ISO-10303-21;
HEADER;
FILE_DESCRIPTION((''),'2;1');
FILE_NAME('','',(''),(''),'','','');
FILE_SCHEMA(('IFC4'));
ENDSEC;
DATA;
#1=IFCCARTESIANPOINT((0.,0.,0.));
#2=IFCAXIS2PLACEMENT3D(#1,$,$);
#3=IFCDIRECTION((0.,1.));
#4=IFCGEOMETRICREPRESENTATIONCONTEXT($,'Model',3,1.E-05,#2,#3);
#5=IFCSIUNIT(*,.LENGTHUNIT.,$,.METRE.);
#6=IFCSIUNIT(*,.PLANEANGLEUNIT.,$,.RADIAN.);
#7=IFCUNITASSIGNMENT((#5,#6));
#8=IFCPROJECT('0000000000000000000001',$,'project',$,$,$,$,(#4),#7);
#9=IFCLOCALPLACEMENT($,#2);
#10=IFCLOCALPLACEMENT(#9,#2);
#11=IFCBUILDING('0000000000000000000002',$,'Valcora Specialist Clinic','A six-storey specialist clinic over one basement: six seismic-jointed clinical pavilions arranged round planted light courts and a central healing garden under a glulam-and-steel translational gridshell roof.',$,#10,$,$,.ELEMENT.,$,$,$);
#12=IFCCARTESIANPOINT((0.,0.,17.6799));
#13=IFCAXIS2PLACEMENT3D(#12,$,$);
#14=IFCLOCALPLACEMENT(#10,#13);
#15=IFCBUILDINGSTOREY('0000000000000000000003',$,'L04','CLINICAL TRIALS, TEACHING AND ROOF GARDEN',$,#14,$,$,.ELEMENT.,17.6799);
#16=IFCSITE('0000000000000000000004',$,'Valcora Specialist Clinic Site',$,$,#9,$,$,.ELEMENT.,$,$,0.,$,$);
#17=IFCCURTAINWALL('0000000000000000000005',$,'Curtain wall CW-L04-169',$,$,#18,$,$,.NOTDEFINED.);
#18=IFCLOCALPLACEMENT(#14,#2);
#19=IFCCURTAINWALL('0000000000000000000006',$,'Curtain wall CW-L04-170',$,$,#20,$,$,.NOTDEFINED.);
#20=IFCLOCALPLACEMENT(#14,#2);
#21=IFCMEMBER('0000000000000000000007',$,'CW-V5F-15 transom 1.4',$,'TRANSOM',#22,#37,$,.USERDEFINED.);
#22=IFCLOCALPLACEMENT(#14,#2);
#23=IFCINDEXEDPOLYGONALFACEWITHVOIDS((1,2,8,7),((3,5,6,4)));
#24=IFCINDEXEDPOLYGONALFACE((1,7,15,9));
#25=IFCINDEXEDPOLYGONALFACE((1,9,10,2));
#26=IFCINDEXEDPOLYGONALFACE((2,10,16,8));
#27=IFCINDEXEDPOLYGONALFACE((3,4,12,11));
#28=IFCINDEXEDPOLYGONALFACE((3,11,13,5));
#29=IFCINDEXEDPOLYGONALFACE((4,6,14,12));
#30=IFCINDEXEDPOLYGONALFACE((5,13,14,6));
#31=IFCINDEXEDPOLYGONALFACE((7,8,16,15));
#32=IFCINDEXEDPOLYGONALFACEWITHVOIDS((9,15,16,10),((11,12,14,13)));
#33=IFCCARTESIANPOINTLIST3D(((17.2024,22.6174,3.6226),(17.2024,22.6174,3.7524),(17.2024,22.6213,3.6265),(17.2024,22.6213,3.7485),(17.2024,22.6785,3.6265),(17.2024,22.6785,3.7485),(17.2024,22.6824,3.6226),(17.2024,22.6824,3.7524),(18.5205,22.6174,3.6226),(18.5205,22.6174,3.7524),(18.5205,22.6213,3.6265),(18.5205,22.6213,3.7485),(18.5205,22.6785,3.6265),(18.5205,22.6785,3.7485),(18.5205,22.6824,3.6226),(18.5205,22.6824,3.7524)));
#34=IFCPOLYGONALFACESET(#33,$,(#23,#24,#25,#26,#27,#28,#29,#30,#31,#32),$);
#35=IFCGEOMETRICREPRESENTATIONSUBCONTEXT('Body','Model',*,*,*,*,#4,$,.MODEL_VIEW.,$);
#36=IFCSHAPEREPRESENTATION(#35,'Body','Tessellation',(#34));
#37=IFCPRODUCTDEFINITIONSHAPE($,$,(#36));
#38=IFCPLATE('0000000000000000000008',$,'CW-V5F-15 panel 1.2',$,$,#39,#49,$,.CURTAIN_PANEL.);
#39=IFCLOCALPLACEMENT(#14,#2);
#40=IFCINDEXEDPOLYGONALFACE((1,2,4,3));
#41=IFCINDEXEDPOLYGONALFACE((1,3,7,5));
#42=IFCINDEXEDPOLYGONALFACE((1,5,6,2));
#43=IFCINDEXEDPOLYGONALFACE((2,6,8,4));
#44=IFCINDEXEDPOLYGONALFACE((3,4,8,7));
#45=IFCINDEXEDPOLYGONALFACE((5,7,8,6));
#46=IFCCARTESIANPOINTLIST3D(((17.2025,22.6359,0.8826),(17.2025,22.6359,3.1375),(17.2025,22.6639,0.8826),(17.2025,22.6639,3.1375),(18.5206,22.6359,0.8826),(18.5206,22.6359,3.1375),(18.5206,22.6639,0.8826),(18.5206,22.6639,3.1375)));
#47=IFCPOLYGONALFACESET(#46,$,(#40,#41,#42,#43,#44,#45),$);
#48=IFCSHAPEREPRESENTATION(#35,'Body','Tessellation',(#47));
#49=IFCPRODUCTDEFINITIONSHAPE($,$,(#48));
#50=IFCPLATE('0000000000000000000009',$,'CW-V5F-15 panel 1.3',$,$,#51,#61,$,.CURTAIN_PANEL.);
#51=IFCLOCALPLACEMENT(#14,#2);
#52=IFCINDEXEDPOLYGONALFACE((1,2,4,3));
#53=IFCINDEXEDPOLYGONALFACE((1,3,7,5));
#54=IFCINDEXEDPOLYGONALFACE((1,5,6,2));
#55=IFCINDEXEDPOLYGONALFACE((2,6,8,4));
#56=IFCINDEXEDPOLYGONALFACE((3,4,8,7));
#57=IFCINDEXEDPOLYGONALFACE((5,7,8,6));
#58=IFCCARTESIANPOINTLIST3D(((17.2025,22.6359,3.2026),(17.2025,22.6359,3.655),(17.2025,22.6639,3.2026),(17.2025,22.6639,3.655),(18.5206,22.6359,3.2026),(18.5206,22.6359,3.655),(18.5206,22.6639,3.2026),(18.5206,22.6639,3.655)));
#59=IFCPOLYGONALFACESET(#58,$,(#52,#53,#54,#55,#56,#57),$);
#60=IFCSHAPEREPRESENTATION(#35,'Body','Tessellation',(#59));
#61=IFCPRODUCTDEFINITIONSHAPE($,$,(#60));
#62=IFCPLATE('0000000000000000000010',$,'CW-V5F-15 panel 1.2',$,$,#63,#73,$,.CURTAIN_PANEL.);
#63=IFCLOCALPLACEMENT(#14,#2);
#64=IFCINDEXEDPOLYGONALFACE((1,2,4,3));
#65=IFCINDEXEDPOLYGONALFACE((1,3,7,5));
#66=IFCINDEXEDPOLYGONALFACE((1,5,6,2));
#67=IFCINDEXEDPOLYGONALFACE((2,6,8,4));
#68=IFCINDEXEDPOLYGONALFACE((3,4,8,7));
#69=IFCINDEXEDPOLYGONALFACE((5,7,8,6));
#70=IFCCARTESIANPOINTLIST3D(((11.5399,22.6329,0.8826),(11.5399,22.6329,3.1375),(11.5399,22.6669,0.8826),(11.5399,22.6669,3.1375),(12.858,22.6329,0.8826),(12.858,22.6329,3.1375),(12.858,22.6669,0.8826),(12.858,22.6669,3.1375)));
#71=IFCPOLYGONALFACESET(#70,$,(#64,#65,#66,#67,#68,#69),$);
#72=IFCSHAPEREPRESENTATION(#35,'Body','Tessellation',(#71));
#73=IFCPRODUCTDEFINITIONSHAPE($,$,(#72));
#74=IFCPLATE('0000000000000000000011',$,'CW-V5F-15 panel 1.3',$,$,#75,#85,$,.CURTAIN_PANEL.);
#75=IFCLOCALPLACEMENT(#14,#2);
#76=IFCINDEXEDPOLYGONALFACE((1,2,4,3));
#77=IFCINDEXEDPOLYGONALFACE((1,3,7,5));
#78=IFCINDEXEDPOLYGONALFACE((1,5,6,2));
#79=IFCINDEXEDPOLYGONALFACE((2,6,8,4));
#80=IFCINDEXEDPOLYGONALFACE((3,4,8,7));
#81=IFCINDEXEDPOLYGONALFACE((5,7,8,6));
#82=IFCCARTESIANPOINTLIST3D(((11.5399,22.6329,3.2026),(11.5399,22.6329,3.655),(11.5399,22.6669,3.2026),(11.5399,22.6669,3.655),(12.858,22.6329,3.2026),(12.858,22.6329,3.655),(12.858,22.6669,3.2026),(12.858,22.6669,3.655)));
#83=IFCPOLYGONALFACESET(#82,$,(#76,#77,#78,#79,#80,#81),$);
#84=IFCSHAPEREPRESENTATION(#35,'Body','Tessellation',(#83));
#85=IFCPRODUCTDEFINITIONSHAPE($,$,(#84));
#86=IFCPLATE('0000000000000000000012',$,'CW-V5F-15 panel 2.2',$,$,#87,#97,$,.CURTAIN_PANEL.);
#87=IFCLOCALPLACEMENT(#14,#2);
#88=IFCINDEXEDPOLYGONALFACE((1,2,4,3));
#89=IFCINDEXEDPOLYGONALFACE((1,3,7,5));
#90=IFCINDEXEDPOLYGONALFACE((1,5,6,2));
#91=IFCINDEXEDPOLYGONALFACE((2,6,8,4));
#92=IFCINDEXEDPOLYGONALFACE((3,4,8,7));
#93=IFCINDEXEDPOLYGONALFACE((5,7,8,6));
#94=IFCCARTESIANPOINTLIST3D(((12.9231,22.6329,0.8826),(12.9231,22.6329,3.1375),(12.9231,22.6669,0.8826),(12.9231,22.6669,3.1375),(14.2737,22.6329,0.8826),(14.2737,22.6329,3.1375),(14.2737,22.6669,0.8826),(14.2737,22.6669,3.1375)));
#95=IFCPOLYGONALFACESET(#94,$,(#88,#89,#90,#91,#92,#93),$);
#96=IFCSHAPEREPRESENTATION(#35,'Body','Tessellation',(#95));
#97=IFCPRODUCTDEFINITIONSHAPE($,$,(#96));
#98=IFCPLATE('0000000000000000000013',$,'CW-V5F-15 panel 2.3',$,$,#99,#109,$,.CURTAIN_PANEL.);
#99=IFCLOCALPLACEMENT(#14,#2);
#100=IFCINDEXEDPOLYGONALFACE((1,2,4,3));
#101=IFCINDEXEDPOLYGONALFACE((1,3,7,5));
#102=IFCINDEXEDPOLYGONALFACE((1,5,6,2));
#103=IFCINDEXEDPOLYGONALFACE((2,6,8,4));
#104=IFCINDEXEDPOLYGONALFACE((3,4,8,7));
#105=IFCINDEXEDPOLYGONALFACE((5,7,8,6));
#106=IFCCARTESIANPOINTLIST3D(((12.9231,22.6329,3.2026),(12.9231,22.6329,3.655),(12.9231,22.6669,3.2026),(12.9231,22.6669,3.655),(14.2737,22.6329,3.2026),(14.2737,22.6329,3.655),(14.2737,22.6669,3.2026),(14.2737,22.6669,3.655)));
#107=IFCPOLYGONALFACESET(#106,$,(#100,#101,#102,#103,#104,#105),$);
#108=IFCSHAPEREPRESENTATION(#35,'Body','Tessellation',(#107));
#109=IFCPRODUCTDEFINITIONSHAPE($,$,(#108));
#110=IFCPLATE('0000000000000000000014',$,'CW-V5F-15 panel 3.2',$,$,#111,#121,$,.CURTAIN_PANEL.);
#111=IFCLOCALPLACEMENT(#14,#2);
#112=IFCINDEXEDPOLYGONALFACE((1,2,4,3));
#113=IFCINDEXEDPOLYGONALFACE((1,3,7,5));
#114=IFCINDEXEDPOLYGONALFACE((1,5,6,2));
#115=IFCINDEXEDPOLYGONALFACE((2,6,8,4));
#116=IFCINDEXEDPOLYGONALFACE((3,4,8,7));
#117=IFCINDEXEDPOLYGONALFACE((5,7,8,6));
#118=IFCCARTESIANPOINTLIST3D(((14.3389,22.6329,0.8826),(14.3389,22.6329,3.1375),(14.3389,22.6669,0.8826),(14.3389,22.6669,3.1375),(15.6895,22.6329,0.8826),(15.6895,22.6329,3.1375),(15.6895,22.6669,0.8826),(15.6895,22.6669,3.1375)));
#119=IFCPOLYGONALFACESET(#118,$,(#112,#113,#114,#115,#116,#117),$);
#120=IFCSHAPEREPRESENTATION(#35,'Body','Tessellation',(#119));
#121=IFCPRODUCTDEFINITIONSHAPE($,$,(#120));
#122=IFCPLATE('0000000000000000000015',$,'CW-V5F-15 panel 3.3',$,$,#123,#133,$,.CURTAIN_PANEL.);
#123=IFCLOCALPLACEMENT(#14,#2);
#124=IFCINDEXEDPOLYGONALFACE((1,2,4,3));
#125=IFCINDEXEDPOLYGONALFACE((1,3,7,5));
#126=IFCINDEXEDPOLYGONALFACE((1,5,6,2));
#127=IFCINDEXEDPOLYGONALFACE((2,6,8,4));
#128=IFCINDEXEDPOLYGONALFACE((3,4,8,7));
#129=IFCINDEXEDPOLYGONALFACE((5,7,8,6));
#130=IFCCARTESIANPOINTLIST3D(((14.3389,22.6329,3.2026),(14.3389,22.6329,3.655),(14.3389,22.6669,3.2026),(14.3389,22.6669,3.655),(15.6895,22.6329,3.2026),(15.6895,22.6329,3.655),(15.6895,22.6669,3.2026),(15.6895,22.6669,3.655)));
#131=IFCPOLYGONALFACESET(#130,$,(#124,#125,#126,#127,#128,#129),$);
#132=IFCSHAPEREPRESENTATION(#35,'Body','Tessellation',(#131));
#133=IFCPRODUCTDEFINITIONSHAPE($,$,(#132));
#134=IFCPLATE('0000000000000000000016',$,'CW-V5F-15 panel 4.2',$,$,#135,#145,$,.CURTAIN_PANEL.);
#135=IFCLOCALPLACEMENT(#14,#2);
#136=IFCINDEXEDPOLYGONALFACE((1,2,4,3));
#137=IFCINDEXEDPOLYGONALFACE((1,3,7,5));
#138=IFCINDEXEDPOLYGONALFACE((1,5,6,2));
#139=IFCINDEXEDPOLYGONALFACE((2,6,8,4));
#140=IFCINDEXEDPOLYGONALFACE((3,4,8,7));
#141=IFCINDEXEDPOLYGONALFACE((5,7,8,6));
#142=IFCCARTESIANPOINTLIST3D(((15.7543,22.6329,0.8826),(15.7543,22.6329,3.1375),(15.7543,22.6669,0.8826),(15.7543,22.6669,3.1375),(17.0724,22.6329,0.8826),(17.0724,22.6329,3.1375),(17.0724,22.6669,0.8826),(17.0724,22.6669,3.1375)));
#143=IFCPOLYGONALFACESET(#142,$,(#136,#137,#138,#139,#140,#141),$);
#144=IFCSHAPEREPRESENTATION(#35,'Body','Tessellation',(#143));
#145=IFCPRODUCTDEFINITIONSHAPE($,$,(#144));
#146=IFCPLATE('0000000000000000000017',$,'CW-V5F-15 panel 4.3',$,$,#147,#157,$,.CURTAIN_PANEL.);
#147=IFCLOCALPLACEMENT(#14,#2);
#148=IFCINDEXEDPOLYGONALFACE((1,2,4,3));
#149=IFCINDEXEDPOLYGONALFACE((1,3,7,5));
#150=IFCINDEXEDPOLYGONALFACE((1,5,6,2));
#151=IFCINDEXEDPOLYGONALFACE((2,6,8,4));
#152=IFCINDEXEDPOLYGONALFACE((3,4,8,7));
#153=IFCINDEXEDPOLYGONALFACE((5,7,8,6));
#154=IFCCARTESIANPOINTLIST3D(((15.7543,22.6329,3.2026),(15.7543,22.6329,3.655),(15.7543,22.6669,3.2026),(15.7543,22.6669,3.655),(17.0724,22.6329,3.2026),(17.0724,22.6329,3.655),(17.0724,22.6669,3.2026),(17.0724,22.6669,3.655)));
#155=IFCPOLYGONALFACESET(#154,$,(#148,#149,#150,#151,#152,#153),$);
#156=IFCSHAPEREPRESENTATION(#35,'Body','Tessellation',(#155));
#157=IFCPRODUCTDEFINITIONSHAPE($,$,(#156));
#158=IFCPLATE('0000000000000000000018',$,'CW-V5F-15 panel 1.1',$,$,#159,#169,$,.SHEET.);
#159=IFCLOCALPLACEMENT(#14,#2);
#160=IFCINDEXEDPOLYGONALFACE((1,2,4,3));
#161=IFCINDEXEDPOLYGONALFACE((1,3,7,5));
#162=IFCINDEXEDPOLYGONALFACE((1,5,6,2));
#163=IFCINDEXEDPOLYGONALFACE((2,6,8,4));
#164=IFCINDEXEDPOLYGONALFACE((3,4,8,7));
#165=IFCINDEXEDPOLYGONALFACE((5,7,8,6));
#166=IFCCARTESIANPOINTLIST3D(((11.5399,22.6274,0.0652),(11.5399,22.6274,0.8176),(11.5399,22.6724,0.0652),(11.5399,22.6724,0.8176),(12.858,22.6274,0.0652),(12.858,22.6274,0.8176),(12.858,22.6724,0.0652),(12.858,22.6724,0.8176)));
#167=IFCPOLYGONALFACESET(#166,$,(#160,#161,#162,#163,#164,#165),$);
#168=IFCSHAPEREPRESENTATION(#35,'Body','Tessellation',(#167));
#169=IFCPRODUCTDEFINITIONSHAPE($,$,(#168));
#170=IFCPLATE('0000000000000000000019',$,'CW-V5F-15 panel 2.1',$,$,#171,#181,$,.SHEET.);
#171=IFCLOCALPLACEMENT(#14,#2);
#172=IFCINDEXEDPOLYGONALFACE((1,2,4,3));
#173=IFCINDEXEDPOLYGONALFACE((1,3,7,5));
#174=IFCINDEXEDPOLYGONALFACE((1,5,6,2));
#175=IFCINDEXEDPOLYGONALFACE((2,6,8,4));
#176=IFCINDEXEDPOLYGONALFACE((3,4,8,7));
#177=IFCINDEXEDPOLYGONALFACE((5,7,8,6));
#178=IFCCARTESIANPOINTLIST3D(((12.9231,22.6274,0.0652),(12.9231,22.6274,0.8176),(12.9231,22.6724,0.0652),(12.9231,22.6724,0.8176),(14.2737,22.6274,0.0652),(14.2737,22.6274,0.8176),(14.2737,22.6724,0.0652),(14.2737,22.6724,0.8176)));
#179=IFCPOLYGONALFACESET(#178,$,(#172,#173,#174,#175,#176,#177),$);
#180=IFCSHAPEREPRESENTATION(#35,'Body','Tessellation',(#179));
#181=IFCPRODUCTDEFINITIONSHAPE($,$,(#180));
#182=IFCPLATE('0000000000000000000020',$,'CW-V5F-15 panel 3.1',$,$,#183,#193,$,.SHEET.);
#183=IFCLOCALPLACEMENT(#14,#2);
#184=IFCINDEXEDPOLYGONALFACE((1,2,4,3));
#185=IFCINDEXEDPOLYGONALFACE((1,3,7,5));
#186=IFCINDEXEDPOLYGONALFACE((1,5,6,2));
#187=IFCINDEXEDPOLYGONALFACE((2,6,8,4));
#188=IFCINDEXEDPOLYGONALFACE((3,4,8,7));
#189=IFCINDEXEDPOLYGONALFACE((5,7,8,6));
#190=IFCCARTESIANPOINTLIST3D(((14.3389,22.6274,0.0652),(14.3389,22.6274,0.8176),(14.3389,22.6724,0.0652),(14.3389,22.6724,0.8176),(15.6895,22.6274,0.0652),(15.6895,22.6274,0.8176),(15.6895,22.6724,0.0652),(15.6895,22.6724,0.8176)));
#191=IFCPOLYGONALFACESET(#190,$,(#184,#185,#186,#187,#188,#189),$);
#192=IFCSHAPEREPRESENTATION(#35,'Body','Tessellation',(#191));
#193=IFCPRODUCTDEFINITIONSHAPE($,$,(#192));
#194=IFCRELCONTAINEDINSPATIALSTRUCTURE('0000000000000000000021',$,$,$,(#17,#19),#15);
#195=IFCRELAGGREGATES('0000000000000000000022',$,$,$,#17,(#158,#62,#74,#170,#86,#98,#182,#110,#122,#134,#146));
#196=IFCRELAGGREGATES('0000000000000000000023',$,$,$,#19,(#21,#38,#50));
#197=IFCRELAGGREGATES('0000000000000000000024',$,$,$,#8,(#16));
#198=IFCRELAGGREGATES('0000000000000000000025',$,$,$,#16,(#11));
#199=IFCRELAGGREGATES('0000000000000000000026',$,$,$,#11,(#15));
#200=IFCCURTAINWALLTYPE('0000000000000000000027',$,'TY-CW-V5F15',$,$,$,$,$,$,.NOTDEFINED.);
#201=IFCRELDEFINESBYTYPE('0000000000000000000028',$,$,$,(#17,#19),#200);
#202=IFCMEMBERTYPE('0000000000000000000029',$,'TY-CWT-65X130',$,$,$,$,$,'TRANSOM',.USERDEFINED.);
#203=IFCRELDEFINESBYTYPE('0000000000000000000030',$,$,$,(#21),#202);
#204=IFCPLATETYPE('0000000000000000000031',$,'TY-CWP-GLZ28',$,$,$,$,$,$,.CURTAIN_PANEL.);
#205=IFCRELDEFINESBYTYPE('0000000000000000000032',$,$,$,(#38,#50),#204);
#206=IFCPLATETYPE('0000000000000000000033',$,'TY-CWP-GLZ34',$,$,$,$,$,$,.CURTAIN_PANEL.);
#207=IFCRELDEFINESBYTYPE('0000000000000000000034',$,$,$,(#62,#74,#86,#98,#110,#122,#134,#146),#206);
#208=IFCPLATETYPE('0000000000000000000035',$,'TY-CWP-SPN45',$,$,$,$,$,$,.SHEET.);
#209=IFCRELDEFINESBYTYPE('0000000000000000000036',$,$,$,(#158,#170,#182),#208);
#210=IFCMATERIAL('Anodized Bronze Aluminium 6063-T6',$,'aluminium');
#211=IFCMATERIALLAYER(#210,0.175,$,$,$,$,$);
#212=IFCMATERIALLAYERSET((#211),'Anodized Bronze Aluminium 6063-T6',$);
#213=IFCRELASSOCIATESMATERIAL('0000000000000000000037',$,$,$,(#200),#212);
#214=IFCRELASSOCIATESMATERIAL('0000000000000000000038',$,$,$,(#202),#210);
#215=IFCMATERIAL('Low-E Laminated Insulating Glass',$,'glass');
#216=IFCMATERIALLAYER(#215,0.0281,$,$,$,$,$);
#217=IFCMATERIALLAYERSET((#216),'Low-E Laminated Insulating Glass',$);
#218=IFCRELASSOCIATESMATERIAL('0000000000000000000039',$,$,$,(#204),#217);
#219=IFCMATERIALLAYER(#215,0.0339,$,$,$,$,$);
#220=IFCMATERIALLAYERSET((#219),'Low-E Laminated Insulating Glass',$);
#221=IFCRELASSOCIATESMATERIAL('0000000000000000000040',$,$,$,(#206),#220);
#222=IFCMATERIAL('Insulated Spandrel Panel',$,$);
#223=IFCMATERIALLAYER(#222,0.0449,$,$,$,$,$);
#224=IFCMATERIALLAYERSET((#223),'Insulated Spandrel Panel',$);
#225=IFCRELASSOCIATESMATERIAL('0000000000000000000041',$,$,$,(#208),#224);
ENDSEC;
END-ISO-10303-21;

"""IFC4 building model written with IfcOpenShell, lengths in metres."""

from ifc_helpers import new_model, si_unit, direction, frame, origin, origin_2d, place, context, subcontext, project, spatial, rectangle, hollow_rectangle, extrude, material, layer, layer_set, material_profile, profile_set, type_object, element, aggregate, save


model = new_model("IFC4")

# Units and contexts
model_context = context("Model", 3, precision=1e-05, world=origin(), true_north=direction((0.0, 1.0)))
body_context = subcontext(model_context, "Body", "Model", "MODEL_VIEW")
ifc_project = project(units=[si_unit("LENGTHUNIT", "METRE"), si_unit("PLANEANGLEUNIT", "RADIAN")], contexts=[model_context])

# Site, building, storey
site_placement = place(None, origin())
site = spatial("IfcSite", under=ifc_project, at=site_placement, Name="Valcora Specialist Clinic Site", CompositionType="ELEMENT", RefElevation=0.0)
building_placement = place(site_placement, origin())
building = spatial("IfcBuilding", under=site, at=building_placement, Name="Valcora Specialist Clinic", Description="A six-storey specialist clinic over one basement: six seismic-jointed clinical pavilions arranged round planted light courts and a central healing garden under a glulam-and-steel translational gridshell roof.", CompositionType="ELEMENT")
storey_placement = place(building_placement, frame((0.0, 0.0, 17.6799)))
storey = spatial("IfcBuildingStorey", under=building, at=storey_placement, Name="L04", Description="CLINICAL TRIALS, TEACHING AND ROOF GARDEN", CompositionType="ELEMENT", Elevation=17.6799)

# Curtain wall
ifc_material_1 = material(Name="Anodized Bronze Aluminium 6063-T6", Category="aluminium")
ifc_layer_1 = layer(ifc_material_1, 0.175)
ifc_layer_set_1 = layer_set([ifc_layer_1], Name="Anodized Bronze Aluminium 6063-T6")
curtain_wall_type = type_object("IfcCurtainWallType", Name="TY-CW-V5F15", PredefinedType="NOTDEFINED", material=ifc_layer_set_1)
curtain_wall_1_placement = place(storey_placement, origin())
curtain_wall_1 = element("IfcCurtainWall", 1, at=curtain_wall_1_placement, inside=storey, type_object=curtain_wall_type, Name="Curtain wall CW-L04-169", PredefinedType="NOTDEFINED")

# Curtain wall
curtain_wall_2_placement = place(storey_placement, origin())
curtain_wall_2 = element("IfcCurtainWall", 2, at=curtain_wall_2_placement, inside=storey, type_object=curtain_wall_type, Name="Curtain wall CW-L04-170", PredefinedType="NOTDEFINED")

# Member
ifc_material_profile_1 = material_profile(ifc_material_1, hollow_rectangle(XDim=0.0649, YDim=0.1299, WallThickness=0.0039, at=origin_2d()), Name="AL-TRN-65X130")
ifc_profile_set_1 = profile_set([ifc_material_profile_1], Name="Anodized Bronze Aluminium 6063-T6")
member_type_1 = type_object("IfcMemberType", Name="TY-CWT-65X130", ElementType="TRANSOM", PredefinedType="USERDEFINED", material=ifc_profile_set_1)
member_1_placement = place(storey_placement, frame((17.2024, 22.6499, 3.6875), z_axis=(1.0, 0.0, 0.0), x_axis=(0.0, 1.0, 0.0)))
member_1 = element("IfcMember", 3, at=member_1_placement, type_object=member_type_1, Name="CW-V5F-15 transom 1.4", ObjectType="TRANSOM", PredefinedType="USERDEFINED", context=body_context, shape_type="SweptSolid", body=[
    extrude(hollow_rectangle(XDim=0.0649, YDim=0.1299, WallThickness=0.0039, at=origin_2d()), origin(), (0.0, 0.0, 1.0), 1.3181),
])

# Plates
ifc_material_2 = material(Name="Low-E Laminated Insulating Glass", Category="glass")
ifc_layer_2 = layer(ifc_material_2, 0.0281)
ifc_layer_set_2 = layer_set([ifc_layer_2], Name="Low-E Laminated Insulating Glass")
plate_type_1 = type_object("IfcPlateType", Name="TY-CWP-GLZ28", PredefinedType="CURTAIN_PANEL", material=ifc_layer_set_2)
plate_1_placement = place(storey_placement, frame((17.8616, 22.6499, 0.8826), z_axis=(0.0, 0.0, 1.0), x_axis=(1.0, 0.0, 0.0)))
plate_1 = element("IfcPlate", 4, at=plate_1_placement, type_object=plate_type_1, Name="CW-V5F-15 panel 1.2", PredefinedType="CURTAIN_PANEL", context=body_context, shape_type="SweptSolid", body=[
    extrude(rectangle(XDim=1.3181, YDim=0.0281, at=origin_2d()), origin(), (0.0, 0.0, 1.0), 2.2549),
])
plate_2_placement = place(storey_placement, frame((17.8616, 22.6499, 3.2026), z_axis=(0.0, 0.0, 1.0), x_axis=(1.0, 0.0, 0.0)))
plate_2 = element("IfcPlate", 5, at=plate_2_placement, type_object=plate_type_1, Name="CW-V5F-15 panel 1.3", PredefinedType="CURTAIN_PANEL", context=body_context, shape_type="SweptSolid", body=[
    extrude(rectangle(XDim=1.3181, YDim=0.0281, at=origin_2d()), origin(), (0.0, 0.0, 1.0), 0.4524),
])
ifc_layer_3 = layer(ifc_material_2, 0.0339)
ifc_layer_set_3 = layer_set([ifc_layer_3], Name="Low-E Laminated Insulating Glass")
plate_type_2 = type_object("IfcPlateType", Name="TY-CWP-GLZ34", PredefinedType="CURTAIN_PANEL", material=ifc_layer_set_3)
plate_3_placement = place(storey_placement, frame((12.199, 22.6499, 0.8826), z_axis=(0.0, 0.0, 1.0), x_axis=(1.0, 0.0, 0.0)))
plate_3 = element("IfcPlate", 6, at=plate_3_placement, type_object=plate_type_2, Name="CW-V5F-15 panel 1.2", PredefinedType="CURTAIN_PANEL", context=body_context, shape_type="SweptSolid", body=[
    extrude(rectangle(XDim=1.3181, YDim=0.0339, at=origin_2d()), origin(), (0.0, 0.0, 1.0), 2.2549),
])
plate_4_placement = place(storey_placement, frame((12.199, 22.6499, 3.2026), z_axis=(0.0, 0.0, 1.0), x_axis=(1.0, 0.0, 0.0)))
plate_4 = element("IfcPlate", 7, at=plate_4_placement, type_object=plate_type_2, Name="CW-V5F-15 panel 1.3", PredefinedType="CURTAIN_PANEL", context=body_context, shape_type="SweptSolid", body=[
    extrude(rectangle(XDim=1.3181, YDim=0.0339, at=origin_2d()), origin(), (0.0, 0.0, 1.0), 0.4524),
])
plate_5_placement = place(storey_placement, frame((13.5984, 22.6499, 0.8826), z_axis=(0.0, 0.0, 1.0), x_axis=(1.0, 0.0, 0.0)))
plate_5 = element("IfcPlate", 8, at=plate_5_placement, type_object=plate_type_2, Name="CW-V5F-15 panel 2.2", PredefinedType="CURTAIN_PANEL", context=body_context, shape_type="SweptSolid", body=[
    extrude(rectangle(XDim=1.3506, YDim=0.0339, at=origin_2d()), origin(), (0.0, 0.0, 1.0), 2.2549),
])
plate_6_placement = place(storey_placement, frame((13.5984, 22.6499, 3.2026), z_axis=(0.0, 0.0, 1.0), x_axis=(1.0, 0.0, 0.0)))
plate_6 = element("IfcPlate", 9, at=plate_6_placement, type_object=plate_type_2, Name="CW-V5F-15 panel 2.3", PredefinedType="CURTAIN_PANEL", context=body_context, shape_type="SweptSolid", body=[
    extrude(rectangle(XDim=1.3506, YDim=0.0339, at=origin_2d()), origin(), (0.0, 0.0, 1.0), 0.4524),
])
plate_7_placement = place(storey_placement, frame((15.0142, 22.6499, 0.8826), z_axis=(0.0, 0.0, 1.0), x_axis=(1.0, 0.0, 0.0)))
plate_7 = element("IfcPlate", 10, at=plate_7_placement, type_object=plate_type_2, Name="CW-V5F-15 panel 3.2", PredefinedType="CURTAIN_PANEL", context=body_context, shape_type="SweptSolid", body=[
    extrude(rectangle(XDim=1.3506, YDim=0.0339, at=origin_2d()), origin(), (0.0, 0.0, 1.0), 2.2549),
])
plate_8_placement = place(storey_placement, frame((15.0142, 22.6499, 3.2026), z_axis=(0.0, 0.0, 1.0), x_axis=(1.0, 0.0, 0.0)))
plate_8 = element("IfcPlate", 11, at=plate_8_placement, type_object=plate_type_2, Name="CW-V5F-15 panel 3.3", PredefinedType="CURTAIN_PANEL", context=body_context, shape_type="SweptSolid", body=[
    extrude(rectangle(XDim=1.3506, YDim=0.0339, at=origin_2d()), origin(), (0.0, 0.0, 1.0), 0.4524),
])
plate_9_placement = place(storey_placement, frame((16.4133, 22.6499, 0.8826), z_axis=(0.0, 0.0, 1.0), x_axis=(1.0, 0.0, 0.0)))
plate_9 = element("IfcPlate", 12, at=plate_9_placement, type_object=plate_type_2, Name="CW-V5F-15 panel 4.2", PredefinedType="CURTAIN_PANEL", context=body_context, shape_type="SweptSolid", body=[
    extrude(rectangle(XDim=1.3181, YDim=0.0339, at=origin_2d()), origin(), (0.0, 0.0, 1.0), 2.2549),
])
plate_10_placement = place(storey_placement, frame((16.4133, 22.6499, 3.2026), z_axis=(0.0, 0.0, 1.0), x_axis=(1.0, 0.0, 0.0)))
plate_10 = element("IfcPlate", 13, at=plate_10_placement, type_object=plate_type_2, Name="CW-V5F-15 panel 4.3", PredefinedType="CURTAIN_PANEL", context=body_context, shape_type="SweptSolid", body=[
    extrude(rectangle(XDim=1.3181, YDim=0.0339, at=origin_2d()), origin(), (0.0, 0.0, 1.0), 0.4524),
])
ifc_material_3 = material(Name="Insulated Spandrel Panel")
ifc_layer_4 = layer(ifc_material_3, 0.0449)
ifc_layer_set_4 = layer_set([ifc_layer_4], Name="Insulated Spandrel Panel")
plate_type_3 = type_object("IfcPlateType", Name="TY-CWP-SPN45", PredefinedType="SHEET", material=ifc_layer_set_4)
plate_11_placement = place(storey_placement, frame((12.199, 22.6499, 0.0652), z_axis=(0.0, 0.0, 1.0), x_axis=(1.0, 0.0, 0.0)))
plate_11 = element("IfcPlate", 14, at=plate_11_placement, type_object=plate_type_3, Name="CW-V5F-15 panel 1.1", PredefinedType="SHEET", context=body_context, shape_type="SweptSolid", body=[
    extrude(rectangle(XDim=1.3181, YDim=0.0449, at=origin_2d()), origin(), (0.0, 0.0, 1.0), 0.7524),
])
plate_12_placement = place(storey_placement, frame((13.5984, 22.6499, 0.0652), z_axis=(0.0, 0.0, 1.0), x_axis=(1.0, 0.0, 0.0)))
plate_12 = element("IfcPlate", 15, at=plate_12_placement, type_object=plate_type_3, Name="CW-V5F-15 panel 2.1", PredefinedType="SHEET", context=body_context, shape_type="SweptSolid", body=[
    extrude(rectangle(XDim=1.3506, YDim=0.0449, at=origin_2d()), origin(), (0.0, 0.0, 1.0), 0.7524),
])
plate_13_placement = place(storey_placement, frame((15.0142, 22.6499, 0.0652), z_axis=(0.0, 0.0, 1.0), x_axis=(1.0, 0.0, 0.0)))
plate_13 = element("IfcPlate", 16, at=plate_13_placement, type_object=plate_type_3, Name="CW-V5F-15 panel 3.1", PredefinedType="SHEET", context=body_context, shape_type="SweptSolid", body=[
    extrude(rectangle(XDim=1.3506, YDim=0.0449, at=origin_2d()), origin(), (0.0, 0.0, 1.0), 0.7524),
])
aggregate(curtain_wall_1, [plate_11, plate_3, plate_4, plate_12, plate_5, plate_6, plate_13, plate_7, plate_8, plate_9, plate_10])
aggregate(curtain_wall_2, [member_1, plate_1, plate_2])

save(model, "model.ifc")
